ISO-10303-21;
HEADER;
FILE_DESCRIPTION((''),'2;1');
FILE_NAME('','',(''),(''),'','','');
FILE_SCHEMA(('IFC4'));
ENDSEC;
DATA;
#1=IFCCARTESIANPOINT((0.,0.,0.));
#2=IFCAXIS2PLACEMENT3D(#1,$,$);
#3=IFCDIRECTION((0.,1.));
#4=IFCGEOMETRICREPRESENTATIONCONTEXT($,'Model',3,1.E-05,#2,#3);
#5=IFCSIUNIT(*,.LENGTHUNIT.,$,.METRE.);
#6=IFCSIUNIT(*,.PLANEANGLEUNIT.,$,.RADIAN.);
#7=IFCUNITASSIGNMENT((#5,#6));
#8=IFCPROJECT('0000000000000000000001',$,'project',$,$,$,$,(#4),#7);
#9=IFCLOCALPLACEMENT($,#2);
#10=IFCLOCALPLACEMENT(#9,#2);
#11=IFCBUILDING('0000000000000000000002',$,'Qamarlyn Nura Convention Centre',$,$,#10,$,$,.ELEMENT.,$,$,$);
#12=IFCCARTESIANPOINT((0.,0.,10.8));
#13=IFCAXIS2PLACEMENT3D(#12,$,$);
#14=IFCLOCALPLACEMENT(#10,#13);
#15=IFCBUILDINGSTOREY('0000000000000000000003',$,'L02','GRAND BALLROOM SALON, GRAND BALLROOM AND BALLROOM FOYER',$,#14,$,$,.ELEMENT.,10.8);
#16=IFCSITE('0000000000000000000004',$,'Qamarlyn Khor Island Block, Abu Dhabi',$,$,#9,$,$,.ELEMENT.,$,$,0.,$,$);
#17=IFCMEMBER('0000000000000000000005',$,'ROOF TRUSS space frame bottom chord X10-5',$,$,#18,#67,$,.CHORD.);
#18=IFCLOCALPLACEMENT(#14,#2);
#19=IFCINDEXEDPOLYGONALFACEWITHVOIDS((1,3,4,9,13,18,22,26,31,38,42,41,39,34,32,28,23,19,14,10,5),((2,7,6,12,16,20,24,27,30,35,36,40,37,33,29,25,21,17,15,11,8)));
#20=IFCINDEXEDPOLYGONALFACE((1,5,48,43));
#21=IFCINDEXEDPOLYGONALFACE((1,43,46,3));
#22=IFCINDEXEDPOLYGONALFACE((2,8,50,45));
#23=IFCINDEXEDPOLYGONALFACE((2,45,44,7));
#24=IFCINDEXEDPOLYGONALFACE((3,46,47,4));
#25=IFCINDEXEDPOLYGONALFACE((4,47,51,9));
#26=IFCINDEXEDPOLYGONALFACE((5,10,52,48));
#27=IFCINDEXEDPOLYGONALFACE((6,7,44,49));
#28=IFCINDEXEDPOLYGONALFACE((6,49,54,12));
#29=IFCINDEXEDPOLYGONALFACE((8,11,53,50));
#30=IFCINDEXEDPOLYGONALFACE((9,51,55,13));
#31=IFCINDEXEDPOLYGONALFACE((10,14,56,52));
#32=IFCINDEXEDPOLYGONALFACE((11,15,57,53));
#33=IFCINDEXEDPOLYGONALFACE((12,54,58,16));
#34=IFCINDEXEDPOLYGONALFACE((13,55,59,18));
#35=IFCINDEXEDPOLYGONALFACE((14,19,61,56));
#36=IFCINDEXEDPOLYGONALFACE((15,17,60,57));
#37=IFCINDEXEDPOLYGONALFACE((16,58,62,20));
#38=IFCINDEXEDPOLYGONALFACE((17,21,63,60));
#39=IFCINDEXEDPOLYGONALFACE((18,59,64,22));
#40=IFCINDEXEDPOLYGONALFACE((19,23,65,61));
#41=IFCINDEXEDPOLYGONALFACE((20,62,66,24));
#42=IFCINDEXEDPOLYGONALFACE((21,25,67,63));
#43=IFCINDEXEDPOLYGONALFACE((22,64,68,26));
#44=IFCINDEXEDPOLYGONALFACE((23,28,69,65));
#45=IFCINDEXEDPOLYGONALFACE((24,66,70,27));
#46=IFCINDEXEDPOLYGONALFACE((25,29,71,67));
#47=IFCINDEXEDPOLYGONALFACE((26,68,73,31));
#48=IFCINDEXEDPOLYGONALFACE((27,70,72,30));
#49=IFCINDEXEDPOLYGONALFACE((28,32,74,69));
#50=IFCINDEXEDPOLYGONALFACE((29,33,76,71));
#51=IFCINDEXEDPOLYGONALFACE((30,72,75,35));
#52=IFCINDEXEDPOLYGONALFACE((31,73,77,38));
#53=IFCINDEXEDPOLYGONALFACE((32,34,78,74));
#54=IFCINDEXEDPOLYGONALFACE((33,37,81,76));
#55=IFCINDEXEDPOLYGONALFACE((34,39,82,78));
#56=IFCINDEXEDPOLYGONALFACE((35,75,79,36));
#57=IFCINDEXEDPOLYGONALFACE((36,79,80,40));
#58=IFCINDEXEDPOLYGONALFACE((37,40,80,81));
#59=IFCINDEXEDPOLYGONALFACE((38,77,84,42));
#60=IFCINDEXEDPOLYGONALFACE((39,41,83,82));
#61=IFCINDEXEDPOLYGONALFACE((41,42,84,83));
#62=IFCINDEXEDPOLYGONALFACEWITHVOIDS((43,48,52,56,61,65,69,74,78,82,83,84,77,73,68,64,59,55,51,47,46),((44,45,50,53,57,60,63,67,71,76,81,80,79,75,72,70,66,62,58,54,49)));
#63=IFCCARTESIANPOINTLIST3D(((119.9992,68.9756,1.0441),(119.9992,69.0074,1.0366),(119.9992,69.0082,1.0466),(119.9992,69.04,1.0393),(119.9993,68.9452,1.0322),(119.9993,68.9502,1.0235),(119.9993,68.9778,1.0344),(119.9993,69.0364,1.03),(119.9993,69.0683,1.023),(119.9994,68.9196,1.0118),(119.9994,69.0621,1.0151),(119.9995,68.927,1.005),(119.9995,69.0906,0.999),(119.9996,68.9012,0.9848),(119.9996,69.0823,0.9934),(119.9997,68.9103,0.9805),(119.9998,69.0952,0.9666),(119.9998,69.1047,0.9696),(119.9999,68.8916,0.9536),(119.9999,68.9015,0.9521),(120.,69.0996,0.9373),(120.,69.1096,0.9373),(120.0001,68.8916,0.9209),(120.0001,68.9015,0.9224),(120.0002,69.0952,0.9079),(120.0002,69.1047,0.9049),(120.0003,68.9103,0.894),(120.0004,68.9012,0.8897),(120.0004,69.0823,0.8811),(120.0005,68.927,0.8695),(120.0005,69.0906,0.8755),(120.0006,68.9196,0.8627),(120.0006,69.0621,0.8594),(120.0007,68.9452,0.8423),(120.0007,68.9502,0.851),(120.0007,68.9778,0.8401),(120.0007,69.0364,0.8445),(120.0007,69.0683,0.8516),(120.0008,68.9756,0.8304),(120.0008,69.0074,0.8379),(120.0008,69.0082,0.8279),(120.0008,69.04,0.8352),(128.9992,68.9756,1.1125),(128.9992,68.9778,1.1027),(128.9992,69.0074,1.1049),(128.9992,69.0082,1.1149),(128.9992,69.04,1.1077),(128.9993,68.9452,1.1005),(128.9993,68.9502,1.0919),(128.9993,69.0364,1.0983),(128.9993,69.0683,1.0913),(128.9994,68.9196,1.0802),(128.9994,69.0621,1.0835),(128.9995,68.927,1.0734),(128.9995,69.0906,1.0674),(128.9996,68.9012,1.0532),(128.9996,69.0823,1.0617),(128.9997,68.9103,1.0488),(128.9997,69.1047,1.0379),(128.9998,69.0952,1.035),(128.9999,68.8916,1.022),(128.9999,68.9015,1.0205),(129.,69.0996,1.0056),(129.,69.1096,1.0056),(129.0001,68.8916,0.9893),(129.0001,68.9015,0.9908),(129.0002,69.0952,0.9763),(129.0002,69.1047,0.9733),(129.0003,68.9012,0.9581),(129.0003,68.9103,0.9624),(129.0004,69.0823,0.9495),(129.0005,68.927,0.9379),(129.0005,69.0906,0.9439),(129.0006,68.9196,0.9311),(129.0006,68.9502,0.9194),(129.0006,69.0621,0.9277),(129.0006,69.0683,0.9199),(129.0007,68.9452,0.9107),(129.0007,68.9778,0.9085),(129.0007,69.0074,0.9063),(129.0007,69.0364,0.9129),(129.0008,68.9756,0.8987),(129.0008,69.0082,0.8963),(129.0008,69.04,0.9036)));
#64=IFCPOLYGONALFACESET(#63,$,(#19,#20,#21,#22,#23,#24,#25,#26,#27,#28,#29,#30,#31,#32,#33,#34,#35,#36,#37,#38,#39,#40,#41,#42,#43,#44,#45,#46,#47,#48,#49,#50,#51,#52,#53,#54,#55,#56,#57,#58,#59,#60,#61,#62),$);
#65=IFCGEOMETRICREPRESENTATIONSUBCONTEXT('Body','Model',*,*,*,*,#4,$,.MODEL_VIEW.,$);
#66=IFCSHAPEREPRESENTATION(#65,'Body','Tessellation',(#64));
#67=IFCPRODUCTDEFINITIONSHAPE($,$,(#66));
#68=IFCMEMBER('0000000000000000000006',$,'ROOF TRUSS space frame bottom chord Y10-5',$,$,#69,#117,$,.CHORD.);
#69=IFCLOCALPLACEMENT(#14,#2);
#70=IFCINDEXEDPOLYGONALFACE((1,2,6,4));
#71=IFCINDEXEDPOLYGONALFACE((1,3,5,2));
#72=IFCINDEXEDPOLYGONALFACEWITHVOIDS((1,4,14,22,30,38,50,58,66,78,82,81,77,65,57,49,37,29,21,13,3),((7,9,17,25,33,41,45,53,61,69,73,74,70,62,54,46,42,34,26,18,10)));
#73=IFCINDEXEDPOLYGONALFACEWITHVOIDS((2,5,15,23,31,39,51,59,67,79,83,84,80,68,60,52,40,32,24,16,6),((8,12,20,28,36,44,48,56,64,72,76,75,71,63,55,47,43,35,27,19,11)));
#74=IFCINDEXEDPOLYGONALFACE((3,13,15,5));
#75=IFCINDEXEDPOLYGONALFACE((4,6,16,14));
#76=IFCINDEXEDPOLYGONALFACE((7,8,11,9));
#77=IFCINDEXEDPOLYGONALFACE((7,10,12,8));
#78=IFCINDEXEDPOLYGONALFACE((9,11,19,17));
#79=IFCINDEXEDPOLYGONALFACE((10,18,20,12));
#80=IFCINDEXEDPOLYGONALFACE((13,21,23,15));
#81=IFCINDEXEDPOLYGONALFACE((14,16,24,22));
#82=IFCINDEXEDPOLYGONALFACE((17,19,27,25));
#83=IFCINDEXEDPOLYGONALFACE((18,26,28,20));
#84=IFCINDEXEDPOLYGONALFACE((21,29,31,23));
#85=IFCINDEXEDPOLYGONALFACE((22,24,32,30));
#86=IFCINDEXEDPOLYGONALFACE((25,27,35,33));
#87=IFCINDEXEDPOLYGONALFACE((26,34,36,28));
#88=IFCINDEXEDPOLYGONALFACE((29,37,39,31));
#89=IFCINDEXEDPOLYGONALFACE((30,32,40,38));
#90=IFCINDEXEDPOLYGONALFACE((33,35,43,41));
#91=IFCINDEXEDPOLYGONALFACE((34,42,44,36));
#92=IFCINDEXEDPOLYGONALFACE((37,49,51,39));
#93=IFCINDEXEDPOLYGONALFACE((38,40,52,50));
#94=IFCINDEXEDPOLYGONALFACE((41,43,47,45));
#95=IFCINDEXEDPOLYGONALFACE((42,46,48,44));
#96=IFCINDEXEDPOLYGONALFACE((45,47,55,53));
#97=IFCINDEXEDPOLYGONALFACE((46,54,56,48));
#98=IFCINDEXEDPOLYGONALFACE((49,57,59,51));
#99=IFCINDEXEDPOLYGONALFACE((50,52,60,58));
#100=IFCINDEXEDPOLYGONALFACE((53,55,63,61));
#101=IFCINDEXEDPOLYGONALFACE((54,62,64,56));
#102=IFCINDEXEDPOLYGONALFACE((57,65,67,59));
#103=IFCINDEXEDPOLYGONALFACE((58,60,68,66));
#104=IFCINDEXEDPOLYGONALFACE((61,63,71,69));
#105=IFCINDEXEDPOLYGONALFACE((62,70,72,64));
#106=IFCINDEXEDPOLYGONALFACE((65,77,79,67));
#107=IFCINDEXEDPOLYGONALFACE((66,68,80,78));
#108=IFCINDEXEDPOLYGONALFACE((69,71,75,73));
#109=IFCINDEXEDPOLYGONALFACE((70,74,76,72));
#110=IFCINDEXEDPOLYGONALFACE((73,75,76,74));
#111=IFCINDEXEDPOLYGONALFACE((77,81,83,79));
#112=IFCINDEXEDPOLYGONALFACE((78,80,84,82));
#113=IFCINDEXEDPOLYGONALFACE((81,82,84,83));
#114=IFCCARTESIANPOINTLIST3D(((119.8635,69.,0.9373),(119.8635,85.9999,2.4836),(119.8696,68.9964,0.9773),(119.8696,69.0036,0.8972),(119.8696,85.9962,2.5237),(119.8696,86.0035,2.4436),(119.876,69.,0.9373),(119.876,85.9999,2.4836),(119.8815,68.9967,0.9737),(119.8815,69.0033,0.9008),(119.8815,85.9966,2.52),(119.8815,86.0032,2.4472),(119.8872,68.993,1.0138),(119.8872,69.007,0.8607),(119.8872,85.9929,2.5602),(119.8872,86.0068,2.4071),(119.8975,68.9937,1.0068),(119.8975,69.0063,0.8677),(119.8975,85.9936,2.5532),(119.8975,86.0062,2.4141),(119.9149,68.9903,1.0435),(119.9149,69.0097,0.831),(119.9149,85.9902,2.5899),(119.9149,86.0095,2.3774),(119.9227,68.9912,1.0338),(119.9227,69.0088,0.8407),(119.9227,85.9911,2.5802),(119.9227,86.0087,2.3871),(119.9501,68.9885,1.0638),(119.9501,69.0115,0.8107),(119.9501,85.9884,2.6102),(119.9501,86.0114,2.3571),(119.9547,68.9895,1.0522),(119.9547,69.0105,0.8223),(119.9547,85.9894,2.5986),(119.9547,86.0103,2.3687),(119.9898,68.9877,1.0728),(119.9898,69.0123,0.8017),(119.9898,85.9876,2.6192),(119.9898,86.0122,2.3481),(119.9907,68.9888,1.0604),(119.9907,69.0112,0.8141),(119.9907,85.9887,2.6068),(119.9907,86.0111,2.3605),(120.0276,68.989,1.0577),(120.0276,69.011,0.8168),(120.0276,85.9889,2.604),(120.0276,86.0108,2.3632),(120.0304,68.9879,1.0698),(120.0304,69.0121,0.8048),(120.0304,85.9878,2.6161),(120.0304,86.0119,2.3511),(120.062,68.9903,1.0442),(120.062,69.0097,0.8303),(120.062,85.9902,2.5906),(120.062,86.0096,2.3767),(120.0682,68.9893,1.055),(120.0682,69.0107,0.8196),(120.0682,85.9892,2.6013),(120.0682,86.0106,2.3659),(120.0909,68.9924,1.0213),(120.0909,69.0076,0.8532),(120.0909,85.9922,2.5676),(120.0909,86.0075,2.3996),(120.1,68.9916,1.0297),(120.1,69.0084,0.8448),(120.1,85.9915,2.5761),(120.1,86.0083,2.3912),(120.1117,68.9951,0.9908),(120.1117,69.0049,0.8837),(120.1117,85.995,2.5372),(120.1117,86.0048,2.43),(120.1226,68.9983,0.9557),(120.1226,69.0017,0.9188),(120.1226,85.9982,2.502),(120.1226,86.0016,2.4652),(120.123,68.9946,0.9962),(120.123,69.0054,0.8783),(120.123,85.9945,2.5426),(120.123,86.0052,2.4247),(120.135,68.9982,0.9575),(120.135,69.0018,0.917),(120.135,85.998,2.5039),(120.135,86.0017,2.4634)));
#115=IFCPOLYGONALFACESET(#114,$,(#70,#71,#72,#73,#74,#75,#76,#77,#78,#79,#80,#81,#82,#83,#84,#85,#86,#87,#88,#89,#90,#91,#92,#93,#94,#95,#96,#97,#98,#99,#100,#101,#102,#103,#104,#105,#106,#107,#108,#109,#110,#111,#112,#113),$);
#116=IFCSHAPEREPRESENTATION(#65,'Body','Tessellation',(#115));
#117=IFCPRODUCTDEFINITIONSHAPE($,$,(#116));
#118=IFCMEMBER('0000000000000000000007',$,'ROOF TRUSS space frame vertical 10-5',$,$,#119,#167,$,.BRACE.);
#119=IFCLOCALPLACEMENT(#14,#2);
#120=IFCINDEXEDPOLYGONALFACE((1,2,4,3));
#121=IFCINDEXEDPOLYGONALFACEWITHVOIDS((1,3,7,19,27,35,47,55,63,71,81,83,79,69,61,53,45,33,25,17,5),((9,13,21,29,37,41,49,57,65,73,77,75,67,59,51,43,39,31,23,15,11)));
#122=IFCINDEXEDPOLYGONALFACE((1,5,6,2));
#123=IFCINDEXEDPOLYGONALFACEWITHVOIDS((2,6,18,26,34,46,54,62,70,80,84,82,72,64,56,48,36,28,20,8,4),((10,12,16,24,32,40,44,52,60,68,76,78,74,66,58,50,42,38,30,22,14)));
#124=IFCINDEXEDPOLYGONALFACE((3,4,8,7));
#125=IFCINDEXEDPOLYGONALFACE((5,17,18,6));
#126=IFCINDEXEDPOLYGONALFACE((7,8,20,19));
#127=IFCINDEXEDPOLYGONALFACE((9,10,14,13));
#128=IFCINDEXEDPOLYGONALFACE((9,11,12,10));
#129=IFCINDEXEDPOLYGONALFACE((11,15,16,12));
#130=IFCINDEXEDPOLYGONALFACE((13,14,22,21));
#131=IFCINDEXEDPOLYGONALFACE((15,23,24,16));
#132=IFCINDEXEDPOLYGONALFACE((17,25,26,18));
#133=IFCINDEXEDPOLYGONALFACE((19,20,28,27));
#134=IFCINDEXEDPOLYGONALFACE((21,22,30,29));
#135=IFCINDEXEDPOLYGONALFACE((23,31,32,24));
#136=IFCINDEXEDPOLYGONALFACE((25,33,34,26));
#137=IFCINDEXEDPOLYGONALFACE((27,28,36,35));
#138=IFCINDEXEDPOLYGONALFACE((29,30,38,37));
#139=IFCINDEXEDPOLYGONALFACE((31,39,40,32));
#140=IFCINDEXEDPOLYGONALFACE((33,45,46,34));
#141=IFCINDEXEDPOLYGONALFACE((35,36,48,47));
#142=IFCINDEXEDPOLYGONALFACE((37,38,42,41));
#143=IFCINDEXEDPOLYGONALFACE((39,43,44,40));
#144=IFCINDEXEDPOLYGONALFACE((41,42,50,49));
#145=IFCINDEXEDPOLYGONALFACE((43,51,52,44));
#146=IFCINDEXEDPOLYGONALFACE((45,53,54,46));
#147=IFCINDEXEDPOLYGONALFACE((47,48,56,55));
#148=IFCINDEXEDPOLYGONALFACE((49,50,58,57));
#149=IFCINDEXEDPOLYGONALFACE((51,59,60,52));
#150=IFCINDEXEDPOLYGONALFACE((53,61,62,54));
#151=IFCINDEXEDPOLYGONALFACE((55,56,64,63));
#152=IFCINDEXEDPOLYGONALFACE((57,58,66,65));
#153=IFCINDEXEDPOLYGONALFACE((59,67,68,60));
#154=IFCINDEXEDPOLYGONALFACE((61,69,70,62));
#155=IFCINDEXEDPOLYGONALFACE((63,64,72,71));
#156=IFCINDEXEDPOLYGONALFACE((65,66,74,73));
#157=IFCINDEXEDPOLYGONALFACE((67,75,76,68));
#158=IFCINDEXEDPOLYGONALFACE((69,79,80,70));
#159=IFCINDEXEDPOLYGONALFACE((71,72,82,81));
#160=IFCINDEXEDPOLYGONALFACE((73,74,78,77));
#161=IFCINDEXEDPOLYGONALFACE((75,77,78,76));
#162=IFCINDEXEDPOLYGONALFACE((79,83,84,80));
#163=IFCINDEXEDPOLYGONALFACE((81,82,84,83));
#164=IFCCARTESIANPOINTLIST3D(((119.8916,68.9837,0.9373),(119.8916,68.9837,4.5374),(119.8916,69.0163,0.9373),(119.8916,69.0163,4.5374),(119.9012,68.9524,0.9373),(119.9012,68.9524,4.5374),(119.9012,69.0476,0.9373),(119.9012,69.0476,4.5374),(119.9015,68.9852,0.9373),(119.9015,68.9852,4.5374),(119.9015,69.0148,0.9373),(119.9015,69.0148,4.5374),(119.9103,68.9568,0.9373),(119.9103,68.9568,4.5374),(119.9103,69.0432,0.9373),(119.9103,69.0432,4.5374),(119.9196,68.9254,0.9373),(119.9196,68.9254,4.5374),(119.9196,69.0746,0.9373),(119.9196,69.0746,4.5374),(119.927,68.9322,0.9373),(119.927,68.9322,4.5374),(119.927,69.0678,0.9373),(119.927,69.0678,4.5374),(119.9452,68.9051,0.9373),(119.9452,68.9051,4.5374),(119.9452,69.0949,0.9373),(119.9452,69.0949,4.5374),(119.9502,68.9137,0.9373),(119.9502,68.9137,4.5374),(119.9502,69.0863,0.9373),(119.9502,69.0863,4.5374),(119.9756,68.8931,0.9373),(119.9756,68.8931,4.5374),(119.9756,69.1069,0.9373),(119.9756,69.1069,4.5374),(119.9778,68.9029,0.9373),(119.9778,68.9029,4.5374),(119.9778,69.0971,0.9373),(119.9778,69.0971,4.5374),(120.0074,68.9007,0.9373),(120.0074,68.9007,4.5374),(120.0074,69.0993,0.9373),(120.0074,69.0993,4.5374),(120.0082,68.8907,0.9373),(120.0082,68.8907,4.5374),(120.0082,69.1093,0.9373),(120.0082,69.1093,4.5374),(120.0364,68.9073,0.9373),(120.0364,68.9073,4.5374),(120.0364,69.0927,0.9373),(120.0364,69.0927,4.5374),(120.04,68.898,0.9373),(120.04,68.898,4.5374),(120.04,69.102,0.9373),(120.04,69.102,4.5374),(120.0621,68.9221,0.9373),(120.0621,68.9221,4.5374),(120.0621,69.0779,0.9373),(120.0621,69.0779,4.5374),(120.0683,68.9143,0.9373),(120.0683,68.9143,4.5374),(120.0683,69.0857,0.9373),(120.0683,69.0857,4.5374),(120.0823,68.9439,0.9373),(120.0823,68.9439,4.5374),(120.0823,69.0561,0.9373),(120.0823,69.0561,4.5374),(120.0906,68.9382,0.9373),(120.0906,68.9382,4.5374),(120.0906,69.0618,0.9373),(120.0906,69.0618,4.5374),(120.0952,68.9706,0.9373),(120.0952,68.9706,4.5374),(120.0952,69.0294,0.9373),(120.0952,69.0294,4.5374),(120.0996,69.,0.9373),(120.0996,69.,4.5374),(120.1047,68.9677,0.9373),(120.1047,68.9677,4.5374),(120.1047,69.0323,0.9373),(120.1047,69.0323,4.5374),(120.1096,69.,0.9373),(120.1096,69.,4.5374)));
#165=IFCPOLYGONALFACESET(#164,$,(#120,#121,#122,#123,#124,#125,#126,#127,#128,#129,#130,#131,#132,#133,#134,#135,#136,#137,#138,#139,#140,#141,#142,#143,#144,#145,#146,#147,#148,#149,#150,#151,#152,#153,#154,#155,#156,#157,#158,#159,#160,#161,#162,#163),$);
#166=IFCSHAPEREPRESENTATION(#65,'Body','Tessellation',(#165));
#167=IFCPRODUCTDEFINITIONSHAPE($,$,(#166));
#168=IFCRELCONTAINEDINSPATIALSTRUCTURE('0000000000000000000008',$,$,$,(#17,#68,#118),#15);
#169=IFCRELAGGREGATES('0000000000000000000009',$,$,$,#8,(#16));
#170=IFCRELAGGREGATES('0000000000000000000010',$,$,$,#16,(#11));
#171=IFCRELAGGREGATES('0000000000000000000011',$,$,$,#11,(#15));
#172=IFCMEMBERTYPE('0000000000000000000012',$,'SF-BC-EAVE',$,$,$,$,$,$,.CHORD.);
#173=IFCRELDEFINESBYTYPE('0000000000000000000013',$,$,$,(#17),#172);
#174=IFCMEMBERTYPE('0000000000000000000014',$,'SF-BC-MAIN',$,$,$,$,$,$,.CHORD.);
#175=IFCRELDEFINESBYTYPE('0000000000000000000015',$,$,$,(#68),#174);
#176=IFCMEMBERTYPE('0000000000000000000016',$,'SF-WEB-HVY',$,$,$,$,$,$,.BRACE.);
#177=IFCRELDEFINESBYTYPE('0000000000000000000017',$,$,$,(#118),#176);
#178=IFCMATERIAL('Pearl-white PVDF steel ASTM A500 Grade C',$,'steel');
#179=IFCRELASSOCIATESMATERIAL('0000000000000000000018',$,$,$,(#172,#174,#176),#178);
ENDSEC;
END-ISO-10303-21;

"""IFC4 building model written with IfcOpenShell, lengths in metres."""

from ifc_helpers import new_model, si_unit, direction, frame, origin, origin_2d, place, context, subcontext, project, spatial, hollow_circle, extrude, material, material_profile, profile_set, type_object, element, save


model = new_model("IFC4")

# Units and contexts
model_context = context("Model", 3, precision=1e-05, world=origin(), true_north=direction((0.0, 1.0)))
body_context = subcontext(model_context, "Body", "Model", "MODEL_VIEW")
ifc_project = project(units=[si_unit("LENGTHUNIT", "METRE"), si_unit("PLANEANGLEUNIT", "RADIAN")], contexts=[model_context])

# Site, building, storey
site_placement = place(None, origin())
site = spatial("IfcSite", under=ifc_project, at=site_placement, Name="Qamarlyn Khor Island Block, Abu Dhabi", CompositionType="ELEMENT", RefElevation=0.0)
building_placement = place(site_placement, origin())
building = spatial("IfcBuilding", under=site, at=building_placement, Name="Qamarlyn Nura Convention Centre", CompositionType="ELEMENT")
storey_placement = place(building_placement, frame((0.0, 0.0, 10.8)))
storey = spatial("IfcBuildingStorey", under=building, at=storey_placement, Name="L02", Description="GRAND BALLROOM SALON, GRAND BALLROOM AND BALLROOM FOYER", CompositionType="ELEMENT", Elevation=10.8)

# Members
ifc_material_1 = material(Name="Pearl-white PVDF steel ASTM A500 Grade C", Category="steel")
ifc_material_profile_1 = material_profile(ifc_material_1, hollow_circle(Radius=0.1096, WallThickness=0.01, at=origin_2d()), Name="CHS219.1X10")
ifc_profile_set_1 = profile_set([ifc_material_profile_1], Name="Pearl-white PVDF steel ASTM A500 Grade C")
member_type_1 = type_object("IfcMemberType", Name="SF-BC-EAVE", PredefinedType="CHORD", material=ifc_profile_set_1)
member_1_placement = place(storey_placement, frame((120.0, 69.0, 0.9373), z_axis=(0.999971, 0.0, 0.007595), x_axis=(0.0, 1.0, 0.0)))
element("IfcMember", 1, at=member_1_placement, inside=storey, type_object=member_type_1, Name="ROOF TRUSS space frame bottom chord X10-5", PredefinedType="CHORD", context=body_context, shape_type="SweptSolid", body=[
    extrude(hollow_circle(Radius=0.1096, WallThickness=0.01, at=origin_2d()), origin(), (0.0, 0.0, 1.0), 9.0002),
])
ifc_material_profile_2 = material_profile(ifc_material_1, hollow_circle(Radius=0.1365, WallThickness=0.0125, at=origin_2d()), Name="CHS273X12.5")
ifc_profile_set_2 = profile_set([ifc_material_profile_2], Name="Pearl-white PVDF steel ASTM A500 Grade C")
member_type_2 = type_object("IfcMemberType", Name="SF-BC-MAIN", PredefinedType="CHORD", material=ifc_profile_set_2)
member_2_placement = place(storey_placement, frame((120.0, 69.0, 0.9373), z_axis=(0.0, 0.995888, 0.09059), x_axis=(-1.0, 0.0, 0.0)))
element("IfcMember", 2, at=member_2_placement, inside=storey, type_object=member_type_2, Name="ROOF TRUSS space frame bottom chord Y10-5", PredefinedType="CHORD", context=body_context, shape_type="SweptSolid", body=[
    extrude(hollow_circle(Radius=0.1365, WallThickness=0.0125, at=origin_2d()), origin(), (0.0, 0.0, 1.0), 17.0701),
])
ifc_material_profile_3 = material_profile(ifc_material_1, hollow_circle(Radius=0.1096, WallThickness=0.01, at=origin_2d()), Name="CHS219.1X10")
ifc_profile_set_3 = profile_set([ifc_material_profile_3], Name="Pearl-white PVDF steel ASTM A500 Grade C")
member_type_3 = type_object("IfcMemberType", Name="SF-WEB-HVY", PredefinedType="BRACE", material=ifc_profile_set_3)
member_3_placement = place(storey_placement, frame((120.0, 69.0, 0.9373), z_axis=(0.0, 0.0, 1.0), x_axis=(1.0, 0.0, 0.0)))
element("IfcMember", 3, at=member_3_placement, inside=storey, type_object=member_type_3, Name="ROOF TRUSS space frame vertical 10-5", PredefinedType="BRACE", context=body_context, shape_type="SweptSolid", body=[
    extrude(hollow_circle(Radius=0.1096, WallThickness=0.01, at=origin_2d()), origin(), (0.0, 0.0, 1.0), 3.6001),
])

save(model, "model.ifc")
